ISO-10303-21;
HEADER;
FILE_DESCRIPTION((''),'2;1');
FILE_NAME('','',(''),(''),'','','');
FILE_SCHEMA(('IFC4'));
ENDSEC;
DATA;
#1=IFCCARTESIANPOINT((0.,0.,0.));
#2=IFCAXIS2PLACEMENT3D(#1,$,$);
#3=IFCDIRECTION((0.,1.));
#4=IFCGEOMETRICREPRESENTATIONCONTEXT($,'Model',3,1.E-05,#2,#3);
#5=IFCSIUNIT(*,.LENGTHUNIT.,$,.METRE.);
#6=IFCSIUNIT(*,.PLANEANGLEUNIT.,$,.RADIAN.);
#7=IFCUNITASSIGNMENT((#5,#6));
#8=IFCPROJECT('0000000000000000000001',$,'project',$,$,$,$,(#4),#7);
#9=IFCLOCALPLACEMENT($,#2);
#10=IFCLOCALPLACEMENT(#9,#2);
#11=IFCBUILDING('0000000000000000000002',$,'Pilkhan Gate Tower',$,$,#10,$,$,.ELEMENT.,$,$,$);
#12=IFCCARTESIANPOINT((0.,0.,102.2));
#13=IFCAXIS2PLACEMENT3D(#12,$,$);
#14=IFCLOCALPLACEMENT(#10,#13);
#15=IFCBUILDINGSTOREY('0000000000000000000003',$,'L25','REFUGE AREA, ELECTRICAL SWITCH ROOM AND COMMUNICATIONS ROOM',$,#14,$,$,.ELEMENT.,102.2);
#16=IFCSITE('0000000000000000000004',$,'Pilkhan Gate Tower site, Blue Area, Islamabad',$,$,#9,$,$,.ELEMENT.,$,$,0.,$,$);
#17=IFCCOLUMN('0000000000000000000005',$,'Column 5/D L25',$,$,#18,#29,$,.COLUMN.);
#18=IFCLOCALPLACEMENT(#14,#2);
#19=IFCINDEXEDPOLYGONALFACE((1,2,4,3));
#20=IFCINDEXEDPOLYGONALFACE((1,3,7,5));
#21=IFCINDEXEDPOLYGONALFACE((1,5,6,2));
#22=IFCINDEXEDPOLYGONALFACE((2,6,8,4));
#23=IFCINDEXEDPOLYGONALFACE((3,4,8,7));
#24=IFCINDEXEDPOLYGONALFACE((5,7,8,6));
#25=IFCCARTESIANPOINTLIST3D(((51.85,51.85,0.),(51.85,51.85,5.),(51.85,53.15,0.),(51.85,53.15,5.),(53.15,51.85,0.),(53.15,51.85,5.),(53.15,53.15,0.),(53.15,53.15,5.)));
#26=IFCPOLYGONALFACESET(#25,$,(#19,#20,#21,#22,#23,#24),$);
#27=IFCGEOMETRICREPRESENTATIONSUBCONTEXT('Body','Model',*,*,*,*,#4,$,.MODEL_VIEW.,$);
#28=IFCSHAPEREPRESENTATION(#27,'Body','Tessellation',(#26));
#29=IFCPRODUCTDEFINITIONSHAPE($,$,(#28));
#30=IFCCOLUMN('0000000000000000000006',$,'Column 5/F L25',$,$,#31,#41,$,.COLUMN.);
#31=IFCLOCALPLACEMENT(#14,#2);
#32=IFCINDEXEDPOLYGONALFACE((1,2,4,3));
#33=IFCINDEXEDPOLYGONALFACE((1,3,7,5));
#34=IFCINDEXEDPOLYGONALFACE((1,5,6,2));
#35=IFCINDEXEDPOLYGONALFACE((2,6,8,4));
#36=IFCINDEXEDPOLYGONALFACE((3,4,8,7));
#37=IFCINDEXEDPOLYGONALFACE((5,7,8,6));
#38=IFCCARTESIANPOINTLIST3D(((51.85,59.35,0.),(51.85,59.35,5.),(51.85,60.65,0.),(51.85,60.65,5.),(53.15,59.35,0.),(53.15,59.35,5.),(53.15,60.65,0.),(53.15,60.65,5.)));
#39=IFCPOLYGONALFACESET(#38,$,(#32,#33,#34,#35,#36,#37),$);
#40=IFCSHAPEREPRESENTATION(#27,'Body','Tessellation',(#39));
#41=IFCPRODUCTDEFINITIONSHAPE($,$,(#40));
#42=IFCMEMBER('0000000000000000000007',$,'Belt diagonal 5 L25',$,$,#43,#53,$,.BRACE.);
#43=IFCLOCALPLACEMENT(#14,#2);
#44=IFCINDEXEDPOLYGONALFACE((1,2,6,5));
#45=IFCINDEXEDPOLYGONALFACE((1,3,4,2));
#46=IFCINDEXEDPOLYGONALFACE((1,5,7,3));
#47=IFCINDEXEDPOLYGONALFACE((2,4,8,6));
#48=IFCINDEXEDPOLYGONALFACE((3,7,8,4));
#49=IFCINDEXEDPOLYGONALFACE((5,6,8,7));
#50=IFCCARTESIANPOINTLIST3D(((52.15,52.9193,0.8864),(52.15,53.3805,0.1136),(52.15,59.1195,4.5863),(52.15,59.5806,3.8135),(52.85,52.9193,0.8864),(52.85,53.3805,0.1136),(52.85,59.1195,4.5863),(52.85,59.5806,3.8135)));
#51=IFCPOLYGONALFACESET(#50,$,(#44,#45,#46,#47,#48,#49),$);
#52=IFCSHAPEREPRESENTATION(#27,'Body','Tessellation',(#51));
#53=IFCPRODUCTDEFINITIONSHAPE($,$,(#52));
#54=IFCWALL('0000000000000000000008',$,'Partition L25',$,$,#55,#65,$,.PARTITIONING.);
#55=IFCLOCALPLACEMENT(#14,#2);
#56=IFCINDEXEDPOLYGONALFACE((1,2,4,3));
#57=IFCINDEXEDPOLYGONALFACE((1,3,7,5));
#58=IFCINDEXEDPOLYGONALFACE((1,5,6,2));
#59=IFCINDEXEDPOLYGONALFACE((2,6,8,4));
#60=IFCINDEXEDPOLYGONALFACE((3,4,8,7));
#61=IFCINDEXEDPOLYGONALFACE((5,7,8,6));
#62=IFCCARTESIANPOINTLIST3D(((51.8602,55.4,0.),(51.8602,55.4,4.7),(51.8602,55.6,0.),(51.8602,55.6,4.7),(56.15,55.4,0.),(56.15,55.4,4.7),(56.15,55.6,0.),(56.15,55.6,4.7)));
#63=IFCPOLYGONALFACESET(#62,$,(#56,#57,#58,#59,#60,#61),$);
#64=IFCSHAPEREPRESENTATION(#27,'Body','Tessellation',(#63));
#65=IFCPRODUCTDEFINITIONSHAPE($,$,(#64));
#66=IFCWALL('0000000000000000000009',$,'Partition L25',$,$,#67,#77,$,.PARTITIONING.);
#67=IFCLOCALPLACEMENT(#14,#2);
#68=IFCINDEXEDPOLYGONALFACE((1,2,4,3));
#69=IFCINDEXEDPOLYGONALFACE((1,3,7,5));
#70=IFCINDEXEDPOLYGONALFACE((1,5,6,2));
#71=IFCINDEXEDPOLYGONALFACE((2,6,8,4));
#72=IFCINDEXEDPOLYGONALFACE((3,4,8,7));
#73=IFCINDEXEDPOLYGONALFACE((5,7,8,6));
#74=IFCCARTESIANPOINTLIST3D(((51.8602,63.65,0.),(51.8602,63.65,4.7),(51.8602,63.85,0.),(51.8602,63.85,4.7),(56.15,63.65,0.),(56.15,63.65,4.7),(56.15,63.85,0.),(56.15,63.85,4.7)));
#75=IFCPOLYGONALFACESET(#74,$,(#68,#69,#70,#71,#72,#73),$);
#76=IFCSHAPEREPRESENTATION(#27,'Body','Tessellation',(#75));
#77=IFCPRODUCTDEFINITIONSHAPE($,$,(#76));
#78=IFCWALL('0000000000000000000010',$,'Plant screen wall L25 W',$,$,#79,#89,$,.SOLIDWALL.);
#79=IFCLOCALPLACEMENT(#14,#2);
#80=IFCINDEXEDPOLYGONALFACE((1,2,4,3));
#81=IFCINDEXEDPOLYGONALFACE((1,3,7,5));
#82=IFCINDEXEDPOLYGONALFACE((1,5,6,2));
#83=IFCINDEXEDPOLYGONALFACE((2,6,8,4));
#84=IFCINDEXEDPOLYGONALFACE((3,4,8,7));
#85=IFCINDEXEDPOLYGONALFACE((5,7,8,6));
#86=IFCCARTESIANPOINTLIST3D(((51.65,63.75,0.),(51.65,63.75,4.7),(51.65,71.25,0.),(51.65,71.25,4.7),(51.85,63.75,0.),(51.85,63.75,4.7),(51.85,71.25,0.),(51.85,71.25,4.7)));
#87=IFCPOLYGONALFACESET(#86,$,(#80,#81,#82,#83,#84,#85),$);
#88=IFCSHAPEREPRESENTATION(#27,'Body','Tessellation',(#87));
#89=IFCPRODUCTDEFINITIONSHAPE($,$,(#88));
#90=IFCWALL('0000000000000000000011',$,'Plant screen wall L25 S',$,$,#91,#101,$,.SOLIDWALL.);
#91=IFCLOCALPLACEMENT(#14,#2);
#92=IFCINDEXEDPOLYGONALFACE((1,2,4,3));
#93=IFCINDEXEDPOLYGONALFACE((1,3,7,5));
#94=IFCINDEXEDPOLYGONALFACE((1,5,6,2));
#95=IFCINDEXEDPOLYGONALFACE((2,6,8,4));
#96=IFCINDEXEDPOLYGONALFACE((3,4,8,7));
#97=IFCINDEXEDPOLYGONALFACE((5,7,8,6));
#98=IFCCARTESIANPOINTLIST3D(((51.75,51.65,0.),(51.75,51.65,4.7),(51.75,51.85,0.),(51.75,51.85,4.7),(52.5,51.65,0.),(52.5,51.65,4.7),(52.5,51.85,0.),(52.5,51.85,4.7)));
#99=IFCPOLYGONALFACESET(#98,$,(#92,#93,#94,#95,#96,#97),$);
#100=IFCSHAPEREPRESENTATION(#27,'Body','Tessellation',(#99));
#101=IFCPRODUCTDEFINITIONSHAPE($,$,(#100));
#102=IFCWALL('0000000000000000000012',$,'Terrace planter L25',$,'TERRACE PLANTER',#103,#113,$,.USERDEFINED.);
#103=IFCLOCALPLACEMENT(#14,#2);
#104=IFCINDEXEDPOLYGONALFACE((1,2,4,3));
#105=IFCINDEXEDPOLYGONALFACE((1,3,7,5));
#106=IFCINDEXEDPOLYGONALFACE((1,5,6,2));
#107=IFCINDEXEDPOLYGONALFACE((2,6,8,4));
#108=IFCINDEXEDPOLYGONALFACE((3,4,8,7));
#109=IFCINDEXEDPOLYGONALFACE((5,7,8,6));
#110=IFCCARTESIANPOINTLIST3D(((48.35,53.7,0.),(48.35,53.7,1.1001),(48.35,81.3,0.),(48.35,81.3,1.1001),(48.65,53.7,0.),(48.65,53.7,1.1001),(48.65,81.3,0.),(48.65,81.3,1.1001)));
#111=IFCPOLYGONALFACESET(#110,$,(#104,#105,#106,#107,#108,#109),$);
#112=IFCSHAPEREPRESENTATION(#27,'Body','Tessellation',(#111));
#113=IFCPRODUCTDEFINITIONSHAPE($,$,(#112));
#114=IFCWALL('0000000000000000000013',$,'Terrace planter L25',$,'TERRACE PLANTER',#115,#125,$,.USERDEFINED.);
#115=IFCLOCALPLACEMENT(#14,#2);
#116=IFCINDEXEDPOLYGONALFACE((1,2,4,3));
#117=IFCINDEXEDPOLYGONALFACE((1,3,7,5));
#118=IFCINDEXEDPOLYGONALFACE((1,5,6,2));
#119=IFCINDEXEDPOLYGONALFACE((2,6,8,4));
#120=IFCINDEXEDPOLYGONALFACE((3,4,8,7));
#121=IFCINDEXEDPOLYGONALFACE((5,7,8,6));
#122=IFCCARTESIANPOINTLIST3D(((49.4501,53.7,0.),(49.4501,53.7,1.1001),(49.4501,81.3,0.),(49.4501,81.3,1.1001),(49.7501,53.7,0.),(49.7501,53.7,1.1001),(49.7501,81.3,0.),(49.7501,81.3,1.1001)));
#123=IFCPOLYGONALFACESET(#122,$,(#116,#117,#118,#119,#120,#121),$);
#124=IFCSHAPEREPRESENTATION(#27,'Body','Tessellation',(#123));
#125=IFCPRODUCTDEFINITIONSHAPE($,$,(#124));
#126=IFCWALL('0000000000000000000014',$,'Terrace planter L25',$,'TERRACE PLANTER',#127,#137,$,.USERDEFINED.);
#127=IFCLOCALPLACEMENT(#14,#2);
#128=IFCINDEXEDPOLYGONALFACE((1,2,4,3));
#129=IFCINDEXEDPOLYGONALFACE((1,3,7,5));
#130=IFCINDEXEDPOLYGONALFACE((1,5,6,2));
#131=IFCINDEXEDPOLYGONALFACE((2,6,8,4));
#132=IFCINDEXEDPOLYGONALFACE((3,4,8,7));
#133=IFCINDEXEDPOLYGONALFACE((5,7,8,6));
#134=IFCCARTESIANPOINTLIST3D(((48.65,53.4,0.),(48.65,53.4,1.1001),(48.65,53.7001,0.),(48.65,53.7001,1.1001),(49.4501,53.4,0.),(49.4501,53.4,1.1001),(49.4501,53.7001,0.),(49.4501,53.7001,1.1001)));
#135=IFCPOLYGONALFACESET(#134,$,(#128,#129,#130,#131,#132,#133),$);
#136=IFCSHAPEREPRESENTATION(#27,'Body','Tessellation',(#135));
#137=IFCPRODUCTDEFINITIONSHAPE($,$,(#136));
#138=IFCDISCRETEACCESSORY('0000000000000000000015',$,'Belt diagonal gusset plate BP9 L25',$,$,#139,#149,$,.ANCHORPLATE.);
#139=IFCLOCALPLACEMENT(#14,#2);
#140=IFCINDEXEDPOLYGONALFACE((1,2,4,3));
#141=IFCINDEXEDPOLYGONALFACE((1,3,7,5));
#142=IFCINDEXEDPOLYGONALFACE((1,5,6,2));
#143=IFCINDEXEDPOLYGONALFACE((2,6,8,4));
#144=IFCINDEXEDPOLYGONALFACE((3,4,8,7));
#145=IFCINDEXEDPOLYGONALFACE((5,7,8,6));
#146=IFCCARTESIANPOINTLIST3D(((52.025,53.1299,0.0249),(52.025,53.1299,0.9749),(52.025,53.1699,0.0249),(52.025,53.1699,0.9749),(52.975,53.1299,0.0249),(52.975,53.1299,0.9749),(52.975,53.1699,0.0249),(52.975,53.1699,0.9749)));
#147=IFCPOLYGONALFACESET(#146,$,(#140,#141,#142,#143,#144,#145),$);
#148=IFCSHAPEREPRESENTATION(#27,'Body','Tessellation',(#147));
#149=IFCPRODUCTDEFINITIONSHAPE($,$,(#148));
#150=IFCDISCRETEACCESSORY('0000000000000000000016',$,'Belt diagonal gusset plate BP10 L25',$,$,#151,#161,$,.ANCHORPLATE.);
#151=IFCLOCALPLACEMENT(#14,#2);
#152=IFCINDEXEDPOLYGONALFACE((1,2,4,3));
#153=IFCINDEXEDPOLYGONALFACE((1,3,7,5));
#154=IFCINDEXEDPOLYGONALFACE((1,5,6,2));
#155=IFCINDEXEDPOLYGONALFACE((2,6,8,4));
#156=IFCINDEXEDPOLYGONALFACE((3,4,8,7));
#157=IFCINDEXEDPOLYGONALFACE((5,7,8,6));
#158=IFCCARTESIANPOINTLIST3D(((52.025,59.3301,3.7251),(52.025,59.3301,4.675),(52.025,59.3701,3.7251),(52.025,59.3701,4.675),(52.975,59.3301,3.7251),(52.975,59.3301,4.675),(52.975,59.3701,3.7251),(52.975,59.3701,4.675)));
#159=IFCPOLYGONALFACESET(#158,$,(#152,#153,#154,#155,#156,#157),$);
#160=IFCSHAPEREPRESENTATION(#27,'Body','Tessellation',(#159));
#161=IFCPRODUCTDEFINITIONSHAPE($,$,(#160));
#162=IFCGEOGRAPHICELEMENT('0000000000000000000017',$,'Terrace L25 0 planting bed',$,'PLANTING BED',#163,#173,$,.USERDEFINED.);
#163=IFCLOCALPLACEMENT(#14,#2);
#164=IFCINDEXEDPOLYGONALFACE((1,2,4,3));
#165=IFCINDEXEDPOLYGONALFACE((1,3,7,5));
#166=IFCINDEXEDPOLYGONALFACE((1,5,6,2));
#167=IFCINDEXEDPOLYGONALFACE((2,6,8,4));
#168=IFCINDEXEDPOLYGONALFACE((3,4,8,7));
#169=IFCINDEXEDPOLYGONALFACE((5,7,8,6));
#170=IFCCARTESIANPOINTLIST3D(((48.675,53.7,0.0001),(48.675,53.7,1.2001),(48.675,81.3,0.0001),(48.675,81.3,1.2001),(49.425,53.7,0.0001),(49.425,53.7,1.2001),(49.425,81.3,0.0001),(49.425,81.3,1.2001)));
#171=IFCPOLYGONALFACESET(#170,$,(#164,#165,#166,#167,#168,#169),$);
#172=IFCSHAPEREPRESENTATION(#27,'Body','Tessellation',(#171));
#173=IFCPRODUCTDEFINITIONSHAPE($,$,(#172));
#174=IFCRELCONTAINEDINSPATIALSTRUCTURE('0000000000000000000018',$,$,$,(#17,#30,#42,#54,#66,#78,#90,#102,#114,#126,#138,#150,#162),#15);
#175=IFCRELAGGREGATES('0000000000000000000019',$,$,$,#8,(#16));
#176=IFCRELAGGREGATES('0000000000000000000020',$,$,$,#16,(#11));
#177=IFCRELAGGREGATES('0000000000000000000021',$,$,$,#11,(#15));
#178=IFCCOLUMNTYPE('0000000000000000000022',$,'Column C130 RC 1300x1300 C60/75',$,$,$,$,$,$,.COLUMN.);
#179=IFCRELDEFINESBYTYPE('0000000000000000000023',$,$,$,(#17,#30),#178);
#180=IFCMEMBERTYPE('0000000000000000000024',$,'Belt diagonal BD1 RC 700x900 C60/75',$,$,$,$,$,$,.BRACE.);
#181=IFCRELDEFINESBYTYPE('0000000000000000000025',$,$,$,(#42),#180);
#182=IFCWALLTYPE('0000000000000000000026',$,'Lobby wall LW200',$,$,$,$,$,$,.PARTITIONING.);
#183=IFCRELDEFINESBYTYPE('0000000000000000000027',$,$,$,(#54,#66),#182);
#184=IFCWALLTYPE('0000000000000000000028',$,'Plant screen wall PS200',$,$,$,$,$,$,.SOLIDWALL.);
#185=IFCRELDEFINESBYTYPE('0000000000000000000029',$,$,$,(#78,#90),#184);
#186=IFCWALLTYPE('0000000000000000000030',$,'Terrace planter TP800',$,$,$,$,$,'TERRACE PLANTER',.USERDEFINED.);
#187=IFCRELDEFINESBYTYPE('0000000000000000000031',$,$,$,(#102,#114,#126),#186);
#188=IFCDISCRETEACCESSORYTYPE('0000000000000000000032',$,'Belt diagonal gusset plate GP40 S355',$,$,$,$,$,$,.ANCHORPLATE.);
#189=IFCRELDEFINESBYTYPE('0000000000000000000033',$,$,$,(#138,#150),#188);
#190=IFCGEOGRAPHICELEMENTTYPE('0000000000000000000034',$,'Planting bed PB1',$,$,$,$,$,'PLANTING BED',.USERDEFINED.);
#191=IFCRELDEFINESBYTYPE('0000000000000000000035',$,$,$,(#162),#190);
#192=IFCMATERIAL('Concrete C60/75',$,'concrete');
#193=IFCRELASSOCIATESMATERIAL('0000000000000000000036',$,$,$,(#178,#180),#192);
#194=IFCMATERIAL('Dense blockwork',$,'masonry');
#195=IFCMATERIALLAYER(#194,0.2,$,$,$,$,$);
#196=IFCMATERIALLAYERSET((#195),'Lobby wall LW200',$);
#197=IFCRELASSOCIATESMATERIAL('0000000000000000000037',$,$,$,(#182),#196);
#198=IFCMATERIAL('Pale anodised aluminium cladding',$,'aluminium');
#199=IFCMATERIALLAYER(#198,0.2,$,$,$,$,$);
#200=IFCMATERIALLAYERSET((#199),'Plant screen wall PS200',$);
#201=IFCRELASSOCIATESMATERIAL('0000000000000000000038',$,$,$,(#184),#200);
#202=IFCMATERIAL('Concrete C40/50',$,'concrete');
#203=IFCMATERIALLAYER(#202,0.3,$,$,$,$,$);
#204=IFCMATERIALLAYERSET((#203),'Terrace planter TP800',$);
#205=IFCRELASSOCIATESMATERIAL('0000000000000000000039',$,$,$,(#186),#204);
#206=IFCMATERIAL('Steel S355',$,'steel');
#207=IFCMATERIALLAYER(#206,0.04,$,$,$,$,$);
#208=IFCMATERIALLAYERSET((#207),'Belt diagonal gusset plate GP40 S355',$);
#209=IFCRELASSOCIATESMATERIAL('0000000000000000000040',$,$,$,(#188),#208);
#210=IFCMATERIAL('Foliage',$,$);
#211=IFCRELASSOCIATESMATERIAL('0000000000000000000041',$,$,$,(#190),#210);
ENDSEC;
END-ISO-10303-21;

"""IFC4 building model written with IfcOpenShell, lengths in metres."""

from ifc_helpers import new_model, si_unit, direction, frame, frame_2d, origin, origin_2d, place, context, subcontext, project, spatial, rectangle, extrude, material, layer, layer_set, material_profile, profile_set, type_object, element, save


model = new_model("IFC4")

# Units and contexts
model_context = context("Model", 3, precision=1e-05, world=origin(), true_north=direction((0.0, 1.0)))
body_context = subcontext(model_context, "Body", "Model", "MODEL_VIEW")
ifc_project = project(units=[si_unit("LENGTHUNIT", "METRE"), si_unit("PLANEANGLEUNIT", "RADIAN")], contexts=[model_context])

# Site, building, storey
site_placement = place(None, origin())
site = spatial("IfcSite", under=ifc_project, at=site_placement, Name="Pilkhan Gate Tower site, Blue Area, Islamabad", CompositionType="ELEMENT", RefElevation=0.0)
building_placement = place(site_placement, origin())
building = spatial("IfcBuilding", under=site, at=building_placement, Name="Pilkhan Gate Tower", CompositionType="ELEMENT")
storey_placement = place(building_placement, frame((0.0, 0.0, 102.2)))
storey = spatial("IfcBuildingStorey", under=building, at=storey_placement, Name="L25", Description="REFUGE AREA, ELECTRICAL SWITCH ROOM AND COMMUNICATIONS ROOM", CompositionType="ELEMENT", Elevation=102.2)

# Columns
ifc_material_1 = material(Name="Concrete C60/75", Category="concrete")
ifc_material_profile_1 = material_profile(ifc_material_1, rectangle(XDim=1.3, YDim=1.3, at=origin_2d()), Name="RC 1300x1300")
ifc_profile_set_1 = profile_set([ifc_material_profile_1], Name="Concrete C60/75")
column_type = type_object("IfcColumnType", Name="Column C130 RC 1300x1300 C60/75", PredefinedType="COLUMN", material=ifc_profile_set_1)
for number, where, z_axis, x_axis, name in (
    (1, (52.5, 52.5, 0.0), (0.0, 0.0, 1.0), (1.0, 0.0, 0.0), "Column 5/D L25"),
    (2, (52.5, 60.0, 0.0), (0.0, 0.0, 1.0), (1.0, 0.0, 0.0), "Column 5/F L25"),
):
    element("IfcColumn", number, at=place(storey_placement, frame(where, z_axis=z_axis, x_axis=x_axis)), inside=storey, type_object=column_type, Name=name, PredefinedType="COLUMN", context=body_context, shape_type="SweptSolid", body=[
        extrude(rectangle(XDim=1.3, YDim=1.3, at=origin_2d()), origin(), (0.0, 0.0, 1.0), 5.0),
    ])

# Member
ifc_material_profile_2 = material_profile(ifc_material_1, rectangle(XDim=0.7, YDim=0.8999, at=origin_2d()), Name="RC 700x900")
ifc_profile_set_2 = profile_set([ifc_material_profile_2], Name="Concrete C60/75")
member_type = type_object("IfcMemberType", Name="Belt diagonal BD1 RC 700x900 C60/75", PredefinedType="BRACE", material=ifc_profile_set_2)
member_placement = place(storey_placement, frame((52.5, 53.1499, 0.5), z_axis=(0.0, 0.858723, 0.512441), x_axis=(-1.0, 0.0, 0.0)))
element("IfcMember", 3, at=member_placement, inside=storey, type_object=member_type, Name="Belt diagonal 5 L25", PredefinedType="BRACE", context=body_context, shape_type="SweptSolid", body=[
    extrude(rectangle(XDim=0.7, YDim=0.8999, at=origin_2d()), origin(), (0.0, 0.0, 1.0), 7.2202),
])

# Walls
ifc_material_2 = material(Name="Dense blockwork", Category="masonry")
ifc_layer_1 = layer(ifc_material_2, 0.2)
ifc_layer_set_1 = layer_set([ifc_layer_1], Name="Lobby wall LW200")
wall_type_1 = type_object("IfcWallType", Name="Lobby wall LW200", PredefinedType="PARTITIONING", material=ifc_layer_set_1)
for number, where, z_axis, x_axis, name in (
    (4, (51.8601, 55.5, 0.0), (0.0, 0.0, 1.0), (1.0, 0.0, 0.0), "Partition L25"),
    (5, (51.8601, 63.75, 0.0), (0.0, 0.0, 1.0), (1.0, 0.0, 0.0), "Partition L25"),
):
    element("IfcWall", number, at=place(storey_placement, frame(where, z_axis=z_axis, x_axis=x_axis)), inside=storey, type_object=wall_type_1, Name=name, PredefinedType="PARTITIONING", context=body_context, shape_type="SweptSolid", body=[
        extrude(rectangle(XDim=4.2898, YDim=0.2, at=frame_2d((2.145, 0.0))), origin(), (0.0, 0.0, 1.0), 4.7),
    ])

# Shared definitions
ifc_material_3 = material(Name="Pale anodised aluminium cladding", Category="aluminium")
ifc_layer_2 = layer(ifc_material_3, 0.2)
ifc_layer_set_2 = layer_set([ifc_layer_2], Name="Plant screen wall PS200")
wall_type_2 = type_object("IfcWallType", Name="Plant screen wall PS200", PredefinedType="SOLIDWALL", material=ifc_layer_set_2)

# Walls
wall_1_placement = place(storey_placement, frame((51.75, 63.75, 0.0), z_axis=(0.0, 0.0, 1.0), x_axis=(0.0, 1.0, 0.0)))
element("IfcWall", 6, at=wall_1_placement, inside=storey, type_object=wall_type_2, Name="Plant screen wall L25 W", PredefinedType="SOLIDWALL", context=body_context, shape_type="SweptSolid", body=[
    extrude(rectangle(XDim=7.5, YDim=0.2, at=frame_2d((3.75, 0.0))), origin(), (0.0, 0.0, 1.0), 4.7),
])
wall_2_placement = place(storey_placement, frame((51.75, 51.75, 0.0), z_axis=(0.0, 0.0, 1.0), x_axis=(1.0, 0.0, 0.0)))
element("IfcWall", 7, at=wall_2_placement, inside=storey, type_object=wall_type_2, Name="Plant screen wall L25 S", PredefinedType="SOLIDWALL", context=body_context, shape_type="SweptSolid", body=[
    extrude(rectangle(XDim=0.75, YDim=0.2, at=frame_2d((0.375, 0.0))), origin(), (0.0, 0.0, 1.0), 4.7),
])
ifc_material_4 = material(Name="Concrete C40/50", Category="concrete")
ifc_layer_3 = layer(ifc_material_4, 0.3)
ifc_layer_set_3 = layer_set([ifc_layer_3], Name="Terrace planter TP800")
wall_type_3 = type_object("IfcWallType", Name="Terrace planter TP800", ElementType="TERRACE PLANTER", PredefinedType="USERDEFINED", material=ifc_layer_set_3)
for number, where, z_axis, x_axis, name in (
    (8, (48.5, 53.7, 0.0), (0.0, 0.0, 1.0), (0.0, 1.0, 0.0), "Terrace planter L25"),
    (9, (49.6001, 53.7, 0.0), (0.0, 0.0, 1.0), (0.0, 1.0, 0.0), "Terrace planter L25"),
):
    element("IfcWall", number, at=place(storey_placement, frame(where, z_axis=z_axis, x_axis=x_axis)), inside=storey, type_object=wall_type_3, Name=name, ObjectType="TERRACE PLANTER", PredefinedType="USERDEFINED", context=body_context, shape_type="SweptSolid", body=[
        extrude(rectangle(XDim=27.6001, YDim=0.3, at=frame_2d((13.8, 0.0))), origin(), (0.0, 0.0, 1.0), 1.1001),
    ])
wall_3_placement = place(storey_placement, frame((49.45, 53.55, 0.0), z_axis=(0.0, 0.0, 1.0), x_axis=(-1.0, 0.0, 0.0)))
element("IfcWall", 10, at=wall_3_placement, inside=storey, type_object=wall_type_3, Name="Terrace planter L25", ObjectType="TERRACE PLANTER", PredefinedType="USERDEFINED", context=body_context, shape_type="SweptSolid", body=[
    extrude(rectangle(XDim=0.8, YDim=0.3, at=frame_2d((0.3999, 0.0))), origin(), (0.0, 0.0, 1.0), 1.1001),
])

# Discrete accessories
ifc_material_5 = material(Name="Steel S355", Category="steel")
ifc_layer_4 = layer(ifc_material_5, 0.04)
ifc_layer_set_4 = layer_set([ifc_layer_4], Name="Belt diagonal gusset plate GP40 S355")
discrete_accessory_type = type_object("IfcDiscreteAccessoryType", Name="Belt diagonal gusset plate GP40 S355", PredefinedType="ANCHORPLATE", material=ifc_layer_set_4)
for number, where, z_axis, x_axis, name in (
    (11, (52.5, 53.1499, 0.0249), (0.0, 0.0, 1.0), (0.0, 1.0, 0.0), "Belt diagonal gusset plate BP9 L25"),
    (12, (52.5, 59.3501, 3.7251), (0.0, 0.0, 1.0), (0.0, 1.0, 0.0), "Belt diagonal gusset plate BP10 L25"),
):
    element("IfcDiscreteAccessory", number, at=place(storey_placement, frame(where, z_axis=z_axis, x_axis=x_axis)), inside=storey, type_object=discrete_accessory_type, Name=name, PredefinedType="ANCHORPLATE", context=body_context, shape_type="SweptSolid", body=[
        extrude(rectangle(XDim=0.04, YDim=0.95, at=origin_2d()), origin(), (0.0, 0.0, 1.0), 0.95),
    ])

# Geographic element
ifc_material_6 = material(Name="Foliage")
ifc_material_profile_3 = material_profile(ifc_material_6, rectangle(XDim=0.75, YDim=1.2, at=origin_2d()), Name="Bed 750x1200")
ifc_profile_set_3 = profile_set([ifc_material_profile_3], Name="Foliage")
geographic_element_type_1 = type_object("IfcGeographicElementType", Name="Planting bed PB1", ElementType="PLANTING BED", PredefinedType="USERDEFINED", material=ifc_profile_set_3)
geographic_element_placement = place(storey_placement, frame((49.05, 53.7, 0.6001), z_axis=(0.0, 1.0, 0.0), x_axis=(-1.0, 0.0, 0.0)))
element("IfcGeographicElement", 13, at=geographic_element_placement, inside=storey, type_object=geographic_element_type_1, Name="Terrace L25 0 planting bed", ObjectType="PLANTING BED", PredefinedType="USERDEFINED", context=body_context, shape_type="SweptSolid", body=[
    extrude(rectangle(XDim=0.75, YDim=1.2, at=origin_2d()), origin(), (0.0, 0.0, 1.0), 27.6001),
])

save(model, "model.ifc")
